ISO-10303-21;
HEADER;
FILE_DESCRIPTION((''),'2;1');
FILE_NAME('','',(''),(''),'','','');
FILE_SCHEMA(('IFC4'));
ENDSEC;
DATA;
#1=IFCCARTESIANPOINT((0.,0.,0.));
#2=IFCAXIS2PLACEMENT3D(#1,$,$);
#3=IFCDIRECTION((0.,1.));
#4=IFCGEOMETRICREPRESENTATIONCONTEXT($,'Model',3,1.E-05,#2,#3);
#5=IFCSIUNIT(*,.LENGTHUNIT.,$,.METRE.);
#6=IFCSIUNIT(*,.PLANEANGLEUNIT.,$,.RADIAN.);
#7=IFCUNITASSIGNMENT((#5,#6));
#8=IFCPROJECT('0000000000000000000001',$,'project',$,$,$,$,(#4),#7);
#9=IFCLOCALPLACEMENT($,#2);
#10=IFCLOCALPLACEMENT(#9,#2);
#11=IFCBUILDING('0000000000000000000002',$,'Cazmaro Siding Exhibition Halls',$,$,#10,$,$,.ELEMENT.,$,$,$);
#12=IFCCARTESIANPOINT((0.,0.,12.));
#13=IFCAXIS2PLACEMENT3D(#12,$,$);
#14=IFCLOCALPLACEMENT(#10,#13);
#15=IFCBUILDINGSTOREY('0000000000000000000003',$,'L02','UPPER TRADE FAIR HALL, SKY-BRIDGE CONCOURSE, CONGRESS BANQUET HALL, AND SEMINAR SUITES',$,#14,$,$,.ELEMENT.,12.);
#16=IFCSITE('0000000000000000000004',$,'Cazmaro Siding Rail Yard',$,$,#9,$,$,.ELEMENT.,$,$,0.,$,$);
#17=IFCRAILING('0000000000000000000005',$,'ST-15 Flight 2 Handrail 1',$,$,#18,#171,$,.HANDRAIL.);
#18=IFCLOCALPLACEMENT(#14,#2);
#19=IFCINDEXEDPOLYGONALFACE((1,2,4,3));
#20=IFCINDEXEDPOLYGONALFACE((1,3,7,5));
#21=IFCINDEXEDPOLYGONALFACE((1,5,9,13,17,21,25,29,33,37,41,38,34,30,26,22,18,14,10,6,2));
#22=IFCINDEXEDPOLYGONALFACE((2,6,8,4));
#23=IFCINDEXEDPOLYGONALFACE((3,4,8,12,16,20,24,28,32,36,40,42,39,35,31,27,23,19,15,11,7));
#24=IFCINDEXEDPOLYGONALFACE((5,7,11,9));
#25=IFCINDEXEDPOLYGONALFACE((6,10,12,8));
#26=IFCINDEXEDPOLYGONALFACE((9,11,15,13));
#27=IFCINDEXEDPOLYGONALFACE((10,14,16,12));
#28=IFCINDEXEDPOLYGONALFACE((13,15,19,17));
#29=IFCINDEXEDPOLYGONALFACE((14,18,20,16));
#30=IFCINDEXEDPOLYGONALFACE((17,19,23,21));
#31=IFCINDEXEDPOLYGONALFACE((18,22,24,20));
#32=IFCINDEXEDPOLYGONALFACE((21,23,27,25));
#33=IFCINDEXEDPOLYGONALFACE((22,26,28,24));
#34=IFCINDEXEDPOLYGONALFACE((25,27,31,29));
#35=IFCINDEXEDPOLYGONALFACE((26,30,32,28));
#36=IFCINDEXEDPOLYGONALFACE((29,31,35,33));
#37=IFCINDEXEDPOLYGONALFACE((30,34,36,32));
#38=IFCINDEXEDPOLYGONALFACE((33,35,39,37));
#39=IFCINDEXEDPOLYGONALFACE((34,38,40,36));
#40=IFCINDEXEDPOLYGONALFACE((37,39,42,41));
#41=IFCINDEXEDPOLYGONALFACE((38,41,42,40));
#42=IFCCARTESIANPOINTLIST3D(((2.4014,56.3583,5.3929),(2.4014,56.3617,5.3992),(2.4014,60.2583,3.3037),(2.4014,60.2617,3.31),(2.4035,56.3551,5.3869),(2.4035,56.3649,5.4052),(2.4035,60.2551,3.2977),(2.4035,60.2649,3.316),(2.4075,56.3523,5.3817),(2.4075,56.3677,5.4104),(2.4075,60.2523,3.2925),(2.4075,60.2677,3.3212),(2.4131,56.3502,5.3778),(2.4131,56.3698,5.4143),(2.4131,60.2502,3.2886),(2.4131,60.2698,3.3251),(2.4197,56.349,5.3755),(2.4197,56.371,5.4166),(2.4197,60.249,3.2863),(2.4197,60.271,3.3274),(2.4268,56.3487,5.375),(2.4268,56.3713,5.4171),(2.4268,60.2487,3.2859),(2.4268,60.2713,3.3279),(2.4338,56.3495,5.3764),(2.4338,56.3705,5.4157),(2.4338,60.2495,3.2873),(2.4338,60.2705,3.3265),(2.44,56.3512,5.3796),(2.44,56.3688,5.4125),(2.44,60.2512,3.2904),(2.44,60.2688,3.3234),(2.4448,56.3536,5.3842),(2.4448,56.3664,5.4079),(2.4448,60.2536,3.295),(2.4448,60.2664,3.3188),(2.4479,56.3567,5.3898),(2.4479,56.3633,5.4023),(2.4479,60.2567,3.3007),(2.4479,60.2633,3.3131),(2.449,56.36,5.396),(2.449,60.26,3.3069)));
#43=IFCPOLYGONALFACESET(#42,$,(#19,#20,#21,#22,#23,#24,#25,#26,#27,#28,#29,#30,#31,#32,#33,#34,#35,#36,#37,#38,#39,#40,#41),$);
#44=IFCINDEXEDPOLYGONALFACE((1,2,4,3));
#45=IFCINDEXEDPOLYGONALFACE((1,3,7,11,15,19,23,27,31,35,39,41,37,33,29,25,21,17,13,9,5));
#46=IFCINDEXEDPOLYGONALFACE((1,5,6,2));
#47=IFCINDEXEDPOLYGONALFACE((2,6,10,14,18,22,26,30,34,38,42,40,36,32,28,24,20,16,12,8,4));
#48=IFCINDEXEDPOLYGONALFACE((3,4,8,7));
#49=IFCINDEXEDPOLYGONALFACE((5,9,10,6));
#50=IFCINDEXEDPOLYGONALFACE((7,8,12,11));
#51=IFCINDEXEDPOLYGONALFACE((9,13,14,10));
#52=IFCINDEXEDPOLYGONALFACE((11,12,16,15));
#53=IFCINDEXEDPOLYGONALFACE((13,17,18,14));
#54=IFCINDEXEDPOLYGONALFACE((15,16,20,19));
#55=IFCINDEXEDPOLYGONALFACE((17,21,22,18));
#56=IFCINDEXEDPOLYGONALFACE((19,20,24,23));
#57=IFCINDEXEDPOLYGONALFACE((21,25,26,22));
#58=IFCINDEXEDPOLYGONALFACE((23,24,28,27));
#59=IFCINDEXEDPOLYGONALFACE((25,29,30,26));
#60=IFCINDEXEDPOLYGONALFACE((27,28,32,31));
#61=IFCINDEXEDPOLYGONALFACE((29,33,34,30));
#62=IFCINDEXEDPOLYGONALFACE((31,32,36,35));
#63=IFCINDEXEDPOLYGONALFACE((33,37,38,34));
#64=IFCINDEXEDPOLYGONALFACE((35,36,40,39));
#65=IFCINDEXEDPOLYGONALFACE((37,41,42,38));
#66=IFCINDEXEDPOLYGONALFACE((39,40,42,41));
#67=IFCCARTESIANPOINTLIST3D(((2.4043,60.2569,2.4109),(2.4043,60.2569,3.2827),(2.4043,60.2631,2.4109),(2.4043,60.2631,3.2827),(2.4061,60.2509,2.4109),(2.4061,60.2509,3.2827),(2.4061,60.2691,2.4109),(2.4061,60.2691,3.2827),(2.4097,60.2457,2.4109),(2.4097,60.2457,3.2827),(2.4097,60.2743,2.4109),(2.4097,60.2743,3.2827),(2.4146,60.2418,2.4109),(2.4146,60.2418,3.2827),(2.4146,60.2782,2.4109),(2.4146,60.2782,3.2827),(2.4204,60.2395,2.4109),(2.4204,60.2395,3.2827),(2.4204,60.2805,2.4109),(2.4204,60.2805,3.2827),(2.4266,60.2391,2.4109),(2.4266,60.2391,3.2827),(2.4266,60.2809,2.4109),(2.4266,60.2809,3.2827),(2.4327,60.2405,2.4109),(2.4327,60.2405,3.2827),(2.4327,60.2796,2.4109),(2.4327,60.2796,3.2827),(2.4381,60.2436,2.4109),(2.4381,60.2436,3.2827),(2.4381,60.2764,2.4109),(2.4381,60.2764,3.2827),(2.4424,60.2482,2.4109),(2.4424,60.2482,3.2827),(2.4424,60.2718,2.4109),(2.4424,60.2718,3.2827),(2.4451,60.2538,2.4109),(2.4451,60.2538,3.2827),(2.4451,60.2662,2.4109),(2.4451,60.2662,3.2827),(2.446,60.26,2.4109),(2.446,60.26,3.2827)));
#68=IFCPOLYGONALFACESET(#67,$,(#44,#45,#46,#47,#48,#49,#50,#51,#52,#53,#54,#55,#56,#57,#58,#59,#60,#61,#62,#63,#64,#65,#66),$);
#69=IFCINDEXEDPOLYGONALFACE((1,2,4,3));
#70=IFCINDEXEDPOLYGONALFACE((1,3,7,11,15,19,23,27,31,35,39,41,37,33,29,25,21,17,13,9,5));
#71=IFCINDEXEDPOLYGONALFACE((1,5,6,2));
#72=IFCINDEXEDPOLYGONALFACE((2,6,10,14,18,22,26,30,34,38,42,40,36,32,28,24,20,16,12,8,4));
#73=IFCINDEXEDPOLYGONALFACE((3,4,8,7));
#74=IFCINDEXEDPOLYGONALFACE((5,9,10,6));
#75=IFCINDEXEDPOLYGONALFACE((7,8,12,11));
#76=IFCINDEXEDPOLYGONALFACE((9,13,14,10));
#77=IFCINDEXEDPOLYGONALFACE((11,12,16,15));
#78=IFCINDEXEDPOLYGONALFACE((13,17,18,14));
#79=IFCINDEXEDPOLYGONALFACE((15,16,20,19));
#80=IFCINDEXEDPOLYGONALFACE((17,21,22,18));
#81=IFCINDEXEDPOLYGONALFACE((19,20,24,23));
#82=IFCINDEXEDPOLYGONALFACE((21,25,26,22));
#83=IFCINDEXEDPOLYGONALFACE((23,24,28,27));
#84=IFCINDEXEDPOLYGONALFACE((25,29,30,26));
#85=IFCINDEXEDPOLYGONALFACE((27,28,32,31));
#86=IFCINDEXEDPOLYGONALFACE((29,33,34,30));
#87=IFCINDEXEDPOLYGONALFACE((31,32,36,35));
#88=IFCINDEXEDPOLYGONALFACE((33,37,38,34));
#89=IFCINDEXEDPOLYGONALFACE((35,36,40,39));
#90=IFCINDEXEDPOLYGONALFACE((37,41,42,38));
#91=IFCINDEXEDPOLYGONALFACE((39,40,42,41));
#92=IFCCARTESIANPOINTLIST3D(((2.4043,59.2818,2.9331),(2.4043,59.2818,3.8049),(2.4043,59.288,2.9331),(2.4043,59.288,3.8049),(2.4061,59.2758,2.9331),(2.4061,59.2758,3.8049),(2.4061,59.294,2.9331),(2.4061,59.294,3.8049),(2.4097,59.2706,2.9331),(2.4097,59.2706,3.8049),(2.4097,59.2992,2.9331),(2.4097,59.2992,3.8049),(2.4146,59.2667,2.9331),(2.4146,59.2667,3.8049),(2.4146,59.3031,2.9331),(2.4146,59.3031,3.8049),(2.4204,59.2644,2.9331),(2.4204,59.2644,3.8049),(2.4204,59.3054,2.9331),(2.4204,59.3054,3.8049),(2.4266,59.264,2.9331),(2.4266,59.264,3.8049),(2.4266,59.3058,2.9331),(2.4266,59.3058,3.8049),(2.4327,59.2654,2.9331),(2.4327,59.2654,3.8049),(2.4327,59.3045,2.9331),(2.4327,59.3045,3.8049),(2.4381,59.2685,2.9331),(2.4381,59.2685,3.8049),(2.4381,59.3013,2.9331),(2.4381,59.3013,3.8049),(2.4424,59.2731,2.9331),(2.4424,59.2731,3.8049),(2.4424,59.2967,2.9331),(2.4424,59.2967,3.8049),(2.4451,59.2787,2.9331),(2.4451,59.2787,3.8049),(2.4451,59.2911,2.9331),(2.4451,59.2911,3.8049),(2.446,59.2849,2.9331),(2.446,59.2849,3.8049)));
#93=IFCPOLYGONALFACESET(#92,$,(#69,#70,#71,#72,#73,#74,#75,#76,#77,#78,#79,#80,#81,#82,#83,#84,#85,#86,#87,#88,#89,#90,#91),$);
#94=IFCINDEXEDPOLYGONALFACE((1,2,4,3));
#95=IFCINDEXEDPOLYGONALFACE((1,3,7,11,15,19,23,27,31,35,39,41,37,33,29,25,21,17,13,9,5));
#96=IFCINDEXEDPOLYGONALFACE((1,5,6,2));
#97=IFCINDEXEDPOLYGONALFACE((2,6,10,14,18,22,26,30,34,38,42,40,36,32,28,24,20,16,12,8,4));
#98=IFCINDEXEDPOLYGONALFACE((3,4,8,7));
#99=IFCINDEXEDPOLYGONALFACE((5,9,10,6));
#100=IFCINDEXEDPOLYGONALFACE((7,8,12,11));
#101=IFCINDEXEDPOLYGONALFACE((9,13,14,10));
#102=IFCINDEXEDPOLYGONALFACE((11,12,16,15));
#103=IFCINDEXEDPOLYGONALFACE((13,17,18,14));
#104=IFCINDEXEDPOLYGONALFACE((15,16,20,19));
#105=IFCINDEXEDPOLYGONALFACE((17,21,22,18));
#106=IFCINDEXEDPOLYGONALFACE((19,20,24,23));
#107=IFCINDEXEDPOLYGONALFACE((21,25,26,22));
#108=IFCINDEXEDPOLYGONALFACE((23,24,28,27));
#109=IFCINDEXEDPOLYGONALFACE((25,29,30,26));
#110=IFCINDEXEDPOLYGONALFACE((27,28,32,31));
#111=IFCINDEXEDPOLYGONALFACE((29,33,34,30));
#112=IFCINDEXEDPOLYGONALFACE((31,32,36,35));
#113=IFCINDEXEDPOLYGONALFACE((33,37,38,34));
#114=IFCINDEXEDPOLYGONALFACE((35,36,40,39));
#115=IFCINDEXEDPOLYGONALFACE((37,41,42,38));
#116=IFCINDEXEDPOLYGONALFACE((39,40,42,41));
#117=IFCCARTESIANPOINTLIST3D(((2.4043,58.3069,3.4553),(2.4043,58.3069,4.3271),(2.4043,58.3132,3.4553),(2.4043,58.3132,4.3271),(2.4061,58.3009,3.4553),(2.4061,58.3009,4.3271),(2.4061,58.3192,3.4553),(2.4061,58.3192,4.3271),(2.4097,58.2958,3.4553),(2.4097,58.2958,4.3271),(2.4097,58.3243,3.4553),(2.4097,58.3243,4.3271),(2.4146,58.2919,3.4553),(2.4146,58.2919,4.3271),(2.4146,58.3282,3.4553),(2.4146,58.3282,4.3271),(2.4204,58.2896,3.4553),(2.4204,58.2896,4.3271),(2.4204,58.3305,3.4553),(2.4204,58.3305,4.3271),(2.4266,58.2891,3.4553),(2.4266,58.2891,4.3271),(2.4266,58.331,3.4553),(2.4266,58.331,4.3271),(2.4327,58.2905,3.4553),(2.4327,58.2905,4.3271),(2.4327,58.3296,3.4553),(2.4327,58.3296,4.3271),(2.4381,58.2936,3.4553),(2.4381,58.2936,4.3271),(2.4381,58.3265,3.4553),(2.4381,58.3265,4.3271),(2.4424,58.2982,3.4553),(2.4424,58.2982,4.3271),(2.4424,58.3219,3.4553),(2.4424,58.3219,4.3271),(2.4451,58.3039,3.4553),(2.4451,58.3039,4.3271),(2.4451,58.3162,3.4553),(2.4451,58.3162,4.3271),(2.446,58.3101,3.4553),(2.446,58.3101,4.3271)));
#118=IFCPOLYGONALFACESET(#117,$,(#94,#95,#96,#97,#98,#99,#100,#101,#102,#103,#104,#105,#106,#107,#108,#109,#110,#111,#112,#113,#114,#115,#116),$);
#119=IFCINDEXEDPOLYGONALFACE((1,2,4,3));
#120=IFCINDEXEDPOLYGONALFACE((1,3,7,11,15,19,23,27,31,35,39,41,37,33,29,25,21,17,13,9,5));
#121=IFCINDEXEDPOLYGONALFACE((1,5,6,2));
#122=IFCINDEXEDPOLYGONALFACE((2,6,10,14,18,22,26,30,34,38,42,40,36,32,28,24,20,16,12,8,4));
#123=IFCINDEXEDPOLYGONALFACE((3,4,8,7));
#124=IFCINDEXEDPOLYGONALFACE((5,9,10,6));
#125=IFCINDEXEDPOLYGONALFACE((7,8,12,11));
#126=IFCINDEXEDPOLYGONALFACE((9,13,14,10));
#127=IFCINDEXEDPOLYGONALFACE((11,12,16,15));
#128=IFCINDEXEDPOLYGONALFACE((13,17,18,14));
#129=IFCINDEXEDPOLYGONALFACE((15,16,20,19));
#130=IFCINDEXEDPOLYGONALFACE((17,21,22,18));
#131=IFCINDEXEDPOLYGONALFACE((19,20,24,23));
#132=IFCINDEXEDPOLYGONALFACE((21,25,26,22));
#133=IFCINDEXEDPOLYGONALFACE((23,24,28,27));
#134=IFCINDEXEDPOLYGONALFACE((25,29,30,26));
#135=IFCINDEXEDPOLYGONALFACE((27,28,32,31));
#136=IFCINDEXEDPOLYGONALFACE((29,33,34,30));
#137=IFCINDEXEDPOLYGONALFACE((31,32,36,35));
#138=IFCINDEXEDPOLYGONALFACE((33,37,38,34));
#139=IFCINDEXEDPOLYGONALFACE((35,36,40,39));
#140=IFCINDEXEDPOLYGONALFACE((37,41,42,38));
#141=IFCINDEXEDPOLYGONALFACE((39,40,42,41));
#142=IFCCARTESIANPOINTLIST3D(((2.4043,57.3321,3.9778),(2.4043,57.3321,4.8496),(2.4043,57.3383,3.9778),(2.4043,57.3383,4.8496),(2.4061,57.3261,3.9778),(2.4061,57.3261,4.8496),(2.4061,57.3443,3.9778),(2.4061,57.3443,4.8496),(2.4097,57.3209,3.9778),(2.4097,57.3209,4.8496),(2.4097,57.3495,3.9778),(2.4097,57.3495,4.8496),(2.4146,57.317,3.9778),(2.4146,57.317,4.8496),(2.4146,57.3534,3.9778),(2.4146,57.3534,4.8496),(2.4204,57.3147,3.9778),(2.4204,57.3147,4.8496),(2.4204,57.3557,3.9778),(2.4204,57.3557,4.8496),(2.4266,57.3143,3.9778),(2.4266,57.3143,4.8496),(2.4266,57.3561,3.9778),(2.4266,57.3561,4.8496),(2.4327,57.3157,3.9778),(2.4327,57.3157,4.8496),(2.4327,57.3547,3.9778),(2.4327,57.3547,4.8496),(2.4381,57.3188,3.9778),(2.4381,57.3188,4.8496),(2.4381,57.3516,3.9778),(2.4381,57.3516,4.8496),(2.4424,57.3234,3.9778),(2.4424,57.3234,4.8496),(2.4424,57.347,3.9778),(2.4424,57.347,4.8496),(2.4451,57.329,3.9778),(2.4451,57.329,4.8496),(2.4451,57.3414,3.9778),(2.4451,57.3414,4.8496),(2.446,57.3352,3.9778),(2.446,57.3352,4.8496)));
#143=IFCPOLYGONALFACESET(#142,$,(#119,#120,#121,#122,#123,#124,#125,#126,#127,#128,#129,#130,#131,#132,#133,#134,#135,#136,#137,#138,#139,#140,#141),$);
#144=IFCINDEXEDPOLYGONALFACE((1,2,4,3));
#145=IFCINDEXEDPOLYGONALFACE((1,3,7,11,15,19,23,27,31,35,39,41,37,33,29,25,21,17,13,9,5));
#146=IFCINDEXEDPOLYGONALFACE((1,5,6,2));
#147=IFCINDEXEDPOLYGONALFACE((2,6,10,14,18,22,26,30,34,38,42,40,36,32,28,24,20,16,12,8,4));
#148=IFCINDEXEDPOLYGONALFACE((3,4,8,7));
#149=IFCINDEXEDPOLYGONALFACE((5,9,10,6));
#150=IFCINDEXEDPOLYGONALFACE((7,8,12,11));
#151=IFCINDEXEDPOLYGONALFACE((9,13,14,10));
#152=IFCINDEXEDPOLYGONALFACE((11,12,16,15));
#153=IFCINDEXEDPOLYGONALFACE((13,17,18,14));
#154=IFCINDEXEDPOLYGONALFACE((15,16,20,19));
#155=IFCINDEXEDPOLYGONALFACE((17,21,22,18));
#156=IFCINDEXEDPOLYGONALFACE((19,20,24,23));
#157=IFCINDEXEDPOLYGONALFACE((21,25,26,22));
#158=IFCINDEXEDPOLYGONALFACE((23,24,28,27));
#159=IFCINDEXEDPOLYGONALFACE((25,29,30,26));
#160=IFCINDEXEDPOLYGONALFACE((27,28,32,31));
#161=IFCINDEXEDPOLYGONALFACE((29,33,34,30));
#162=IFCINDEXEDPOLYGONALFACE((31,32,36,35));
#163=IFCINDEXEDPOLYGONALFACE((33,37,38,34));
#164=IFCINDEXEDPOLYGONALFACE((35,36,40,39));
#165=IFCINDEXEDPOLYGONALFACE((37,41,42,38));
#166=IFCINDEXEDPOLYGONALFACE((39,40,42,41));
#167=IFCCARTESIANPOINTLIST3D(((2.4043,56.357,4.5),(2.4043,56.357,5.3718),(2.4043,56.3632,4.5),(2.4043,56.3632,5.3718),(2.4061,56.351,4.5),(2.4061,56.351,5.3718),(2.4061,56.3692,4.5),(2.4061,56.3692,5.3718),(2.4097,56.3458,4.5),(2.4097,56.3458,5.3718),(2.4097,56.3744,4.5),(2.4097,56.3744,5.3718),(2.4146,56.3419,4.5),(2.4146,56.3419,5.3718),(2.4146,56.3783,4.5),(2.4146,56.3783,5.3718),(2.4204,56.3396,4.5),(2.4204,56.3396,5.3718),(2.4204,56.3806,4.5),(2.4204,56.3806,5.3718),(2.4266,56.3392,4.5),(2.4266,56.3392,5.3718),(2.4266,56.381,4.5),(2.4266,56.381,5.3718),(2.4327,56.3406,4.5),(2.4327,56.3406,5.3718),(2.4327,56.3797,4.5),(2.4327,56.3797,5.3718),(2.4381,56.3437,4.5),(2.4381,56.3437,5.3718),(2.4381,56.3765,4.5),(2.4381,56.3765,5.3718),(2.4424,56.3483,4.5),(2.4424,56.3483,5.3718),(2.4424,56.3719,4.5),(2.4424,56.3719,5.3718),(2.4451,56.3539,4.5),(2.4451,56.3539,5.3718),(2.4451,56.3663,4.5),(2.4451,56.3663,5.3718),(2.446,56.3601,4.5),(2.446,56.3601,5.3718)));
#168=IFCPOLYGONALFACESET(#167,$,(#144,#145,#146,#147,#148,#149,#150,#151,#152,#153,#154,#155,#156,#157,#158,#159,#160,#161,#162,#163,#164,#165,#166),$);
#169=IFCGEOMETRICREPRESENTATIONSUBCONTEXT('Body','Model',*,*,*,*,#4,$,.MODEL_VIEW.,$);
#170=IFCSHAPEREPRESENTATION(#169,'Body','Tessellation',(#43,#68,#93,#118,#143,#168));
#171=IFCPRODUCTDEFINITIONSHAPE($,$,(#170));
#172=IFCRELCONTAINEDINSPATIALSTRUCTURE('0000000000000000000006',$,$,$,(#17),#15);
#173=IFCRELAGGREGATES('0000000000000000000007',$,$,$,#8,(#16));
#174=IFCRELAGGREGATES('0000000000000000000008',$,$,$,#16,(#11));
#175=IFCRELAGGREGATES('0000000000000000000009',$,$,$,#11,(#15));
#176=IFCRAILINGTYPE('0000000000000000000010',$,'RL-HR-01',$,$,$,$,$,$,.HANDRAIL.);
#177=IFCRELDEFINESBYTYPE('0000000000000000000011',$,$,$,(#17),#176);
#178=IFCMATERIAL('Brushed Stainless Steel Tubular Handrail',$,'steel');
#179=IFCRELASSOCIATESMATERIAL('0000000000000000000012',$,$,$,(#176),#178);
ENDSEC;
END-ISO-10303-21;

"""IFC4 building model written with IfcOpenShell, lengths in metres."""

from ifc_helpers import new_model, si_unit, direction, frame, origin, origin_2d, place, context, subcontext, project, spatial, circle, extrude, material, type_object, element, save


model = new_model("IFC4")

# Units and contexts
model_context = context("Model", 3, precision=1e-05, world=origin(), true_north=direction((0.0, 1.0)))
body_context = subcontext(model_context, "Body", "Model", "MODEL_VIEW")
ifc_project = project(units=[si_unit("LENGTHUNIT", "METRE"), si_unit("PLANEANGLEUNIT", "RADIAN")], contexts=[model_context])

# Site, building, storey
site_placement = place(None, origin())
site = spatial("IfcSite", under=ifc_project, at=site_placement, Name="Cazmaro Siding Rail Yard", CompositionType="ELEMENT", RefElevation=0.0)
building_placement = place(site_placement, origin())
building = spatial("IfcBuilding", under=site, at=building_placement, Name="Cazmaro Siding Exhibition Halls", CompositionType="ELEMENT")
storey_placement = place(building_placement, frame((0.0, 0.0, 12.0)))
storey = spatial("IfcBuildingStorey", under=building, at=storey_placement, Name="L02", Description="UPPER TRADE FAIR HALL, SKY-BRIDGE CONCOURSE, CONGRESS BANQUET HALL, AND SEMINAR SUITES", CompositionType="ELEMENT", Elevation=12.0)

# Railing
ifc_material_1 = material(Name="Brushed Stainless Steel Tubular Handrail", Category="steel")
railing_type_1 = type_object("IfcRailingType", Name="RL-HR-01", PredefinedType="HANDRAIL", material=ifc_material_1)
railing_1_placement = place(storey_placement, frame((2.425, 60.26, 2.4109)))
element("IfcRailing", 1, at=railing_1_placement, inside=storey, type_object=railing_type_1, Name="ST-15 Flight 2 Handrail 1", PredefinedType="HANDRAIL", context=body_context, shape_type="SweptSolid", body=[
    extrude(circle(Radius=0.0239, at=origin_2d()), frame((0.0, 0.0, 0.896), z_axis=(0.0, -0.881491, 0.4722), x_axis=(1.0, 0.0, 0.0)), (0.0, 0.0, 1.0), 4.4243),
    extrude(circle(Radius=0.021, at=origin_2d()), origin(), (0.0, 0.0, 1.0), 0.8718),
    extrude(circle(Radius=0.021, at=origin_2d()), frame((0.0, -0.9751, 0.5222)), (0.0, 0.0, 1.0), 0.8718),
    extrude(circle(Radius=0.021, at=origin_2d()), frame((0.0, -1.95, 1.0444)), (0.0, 0.0, 1.0), 0.8718),
    extrude(circle(Radius=0.021, at=origin_2d()), frame((0.0, -2.9248, 1.5669)), (0.0, 0.0, 1.0), 0.8718),
    extrude(circle(Radius=0.021, at=origin_2d()), frame((0.0, -3.8999, 2.0891)), (0.0, 0.0, 1.0), 0.8718),
])

save(model, "model.ifc")
